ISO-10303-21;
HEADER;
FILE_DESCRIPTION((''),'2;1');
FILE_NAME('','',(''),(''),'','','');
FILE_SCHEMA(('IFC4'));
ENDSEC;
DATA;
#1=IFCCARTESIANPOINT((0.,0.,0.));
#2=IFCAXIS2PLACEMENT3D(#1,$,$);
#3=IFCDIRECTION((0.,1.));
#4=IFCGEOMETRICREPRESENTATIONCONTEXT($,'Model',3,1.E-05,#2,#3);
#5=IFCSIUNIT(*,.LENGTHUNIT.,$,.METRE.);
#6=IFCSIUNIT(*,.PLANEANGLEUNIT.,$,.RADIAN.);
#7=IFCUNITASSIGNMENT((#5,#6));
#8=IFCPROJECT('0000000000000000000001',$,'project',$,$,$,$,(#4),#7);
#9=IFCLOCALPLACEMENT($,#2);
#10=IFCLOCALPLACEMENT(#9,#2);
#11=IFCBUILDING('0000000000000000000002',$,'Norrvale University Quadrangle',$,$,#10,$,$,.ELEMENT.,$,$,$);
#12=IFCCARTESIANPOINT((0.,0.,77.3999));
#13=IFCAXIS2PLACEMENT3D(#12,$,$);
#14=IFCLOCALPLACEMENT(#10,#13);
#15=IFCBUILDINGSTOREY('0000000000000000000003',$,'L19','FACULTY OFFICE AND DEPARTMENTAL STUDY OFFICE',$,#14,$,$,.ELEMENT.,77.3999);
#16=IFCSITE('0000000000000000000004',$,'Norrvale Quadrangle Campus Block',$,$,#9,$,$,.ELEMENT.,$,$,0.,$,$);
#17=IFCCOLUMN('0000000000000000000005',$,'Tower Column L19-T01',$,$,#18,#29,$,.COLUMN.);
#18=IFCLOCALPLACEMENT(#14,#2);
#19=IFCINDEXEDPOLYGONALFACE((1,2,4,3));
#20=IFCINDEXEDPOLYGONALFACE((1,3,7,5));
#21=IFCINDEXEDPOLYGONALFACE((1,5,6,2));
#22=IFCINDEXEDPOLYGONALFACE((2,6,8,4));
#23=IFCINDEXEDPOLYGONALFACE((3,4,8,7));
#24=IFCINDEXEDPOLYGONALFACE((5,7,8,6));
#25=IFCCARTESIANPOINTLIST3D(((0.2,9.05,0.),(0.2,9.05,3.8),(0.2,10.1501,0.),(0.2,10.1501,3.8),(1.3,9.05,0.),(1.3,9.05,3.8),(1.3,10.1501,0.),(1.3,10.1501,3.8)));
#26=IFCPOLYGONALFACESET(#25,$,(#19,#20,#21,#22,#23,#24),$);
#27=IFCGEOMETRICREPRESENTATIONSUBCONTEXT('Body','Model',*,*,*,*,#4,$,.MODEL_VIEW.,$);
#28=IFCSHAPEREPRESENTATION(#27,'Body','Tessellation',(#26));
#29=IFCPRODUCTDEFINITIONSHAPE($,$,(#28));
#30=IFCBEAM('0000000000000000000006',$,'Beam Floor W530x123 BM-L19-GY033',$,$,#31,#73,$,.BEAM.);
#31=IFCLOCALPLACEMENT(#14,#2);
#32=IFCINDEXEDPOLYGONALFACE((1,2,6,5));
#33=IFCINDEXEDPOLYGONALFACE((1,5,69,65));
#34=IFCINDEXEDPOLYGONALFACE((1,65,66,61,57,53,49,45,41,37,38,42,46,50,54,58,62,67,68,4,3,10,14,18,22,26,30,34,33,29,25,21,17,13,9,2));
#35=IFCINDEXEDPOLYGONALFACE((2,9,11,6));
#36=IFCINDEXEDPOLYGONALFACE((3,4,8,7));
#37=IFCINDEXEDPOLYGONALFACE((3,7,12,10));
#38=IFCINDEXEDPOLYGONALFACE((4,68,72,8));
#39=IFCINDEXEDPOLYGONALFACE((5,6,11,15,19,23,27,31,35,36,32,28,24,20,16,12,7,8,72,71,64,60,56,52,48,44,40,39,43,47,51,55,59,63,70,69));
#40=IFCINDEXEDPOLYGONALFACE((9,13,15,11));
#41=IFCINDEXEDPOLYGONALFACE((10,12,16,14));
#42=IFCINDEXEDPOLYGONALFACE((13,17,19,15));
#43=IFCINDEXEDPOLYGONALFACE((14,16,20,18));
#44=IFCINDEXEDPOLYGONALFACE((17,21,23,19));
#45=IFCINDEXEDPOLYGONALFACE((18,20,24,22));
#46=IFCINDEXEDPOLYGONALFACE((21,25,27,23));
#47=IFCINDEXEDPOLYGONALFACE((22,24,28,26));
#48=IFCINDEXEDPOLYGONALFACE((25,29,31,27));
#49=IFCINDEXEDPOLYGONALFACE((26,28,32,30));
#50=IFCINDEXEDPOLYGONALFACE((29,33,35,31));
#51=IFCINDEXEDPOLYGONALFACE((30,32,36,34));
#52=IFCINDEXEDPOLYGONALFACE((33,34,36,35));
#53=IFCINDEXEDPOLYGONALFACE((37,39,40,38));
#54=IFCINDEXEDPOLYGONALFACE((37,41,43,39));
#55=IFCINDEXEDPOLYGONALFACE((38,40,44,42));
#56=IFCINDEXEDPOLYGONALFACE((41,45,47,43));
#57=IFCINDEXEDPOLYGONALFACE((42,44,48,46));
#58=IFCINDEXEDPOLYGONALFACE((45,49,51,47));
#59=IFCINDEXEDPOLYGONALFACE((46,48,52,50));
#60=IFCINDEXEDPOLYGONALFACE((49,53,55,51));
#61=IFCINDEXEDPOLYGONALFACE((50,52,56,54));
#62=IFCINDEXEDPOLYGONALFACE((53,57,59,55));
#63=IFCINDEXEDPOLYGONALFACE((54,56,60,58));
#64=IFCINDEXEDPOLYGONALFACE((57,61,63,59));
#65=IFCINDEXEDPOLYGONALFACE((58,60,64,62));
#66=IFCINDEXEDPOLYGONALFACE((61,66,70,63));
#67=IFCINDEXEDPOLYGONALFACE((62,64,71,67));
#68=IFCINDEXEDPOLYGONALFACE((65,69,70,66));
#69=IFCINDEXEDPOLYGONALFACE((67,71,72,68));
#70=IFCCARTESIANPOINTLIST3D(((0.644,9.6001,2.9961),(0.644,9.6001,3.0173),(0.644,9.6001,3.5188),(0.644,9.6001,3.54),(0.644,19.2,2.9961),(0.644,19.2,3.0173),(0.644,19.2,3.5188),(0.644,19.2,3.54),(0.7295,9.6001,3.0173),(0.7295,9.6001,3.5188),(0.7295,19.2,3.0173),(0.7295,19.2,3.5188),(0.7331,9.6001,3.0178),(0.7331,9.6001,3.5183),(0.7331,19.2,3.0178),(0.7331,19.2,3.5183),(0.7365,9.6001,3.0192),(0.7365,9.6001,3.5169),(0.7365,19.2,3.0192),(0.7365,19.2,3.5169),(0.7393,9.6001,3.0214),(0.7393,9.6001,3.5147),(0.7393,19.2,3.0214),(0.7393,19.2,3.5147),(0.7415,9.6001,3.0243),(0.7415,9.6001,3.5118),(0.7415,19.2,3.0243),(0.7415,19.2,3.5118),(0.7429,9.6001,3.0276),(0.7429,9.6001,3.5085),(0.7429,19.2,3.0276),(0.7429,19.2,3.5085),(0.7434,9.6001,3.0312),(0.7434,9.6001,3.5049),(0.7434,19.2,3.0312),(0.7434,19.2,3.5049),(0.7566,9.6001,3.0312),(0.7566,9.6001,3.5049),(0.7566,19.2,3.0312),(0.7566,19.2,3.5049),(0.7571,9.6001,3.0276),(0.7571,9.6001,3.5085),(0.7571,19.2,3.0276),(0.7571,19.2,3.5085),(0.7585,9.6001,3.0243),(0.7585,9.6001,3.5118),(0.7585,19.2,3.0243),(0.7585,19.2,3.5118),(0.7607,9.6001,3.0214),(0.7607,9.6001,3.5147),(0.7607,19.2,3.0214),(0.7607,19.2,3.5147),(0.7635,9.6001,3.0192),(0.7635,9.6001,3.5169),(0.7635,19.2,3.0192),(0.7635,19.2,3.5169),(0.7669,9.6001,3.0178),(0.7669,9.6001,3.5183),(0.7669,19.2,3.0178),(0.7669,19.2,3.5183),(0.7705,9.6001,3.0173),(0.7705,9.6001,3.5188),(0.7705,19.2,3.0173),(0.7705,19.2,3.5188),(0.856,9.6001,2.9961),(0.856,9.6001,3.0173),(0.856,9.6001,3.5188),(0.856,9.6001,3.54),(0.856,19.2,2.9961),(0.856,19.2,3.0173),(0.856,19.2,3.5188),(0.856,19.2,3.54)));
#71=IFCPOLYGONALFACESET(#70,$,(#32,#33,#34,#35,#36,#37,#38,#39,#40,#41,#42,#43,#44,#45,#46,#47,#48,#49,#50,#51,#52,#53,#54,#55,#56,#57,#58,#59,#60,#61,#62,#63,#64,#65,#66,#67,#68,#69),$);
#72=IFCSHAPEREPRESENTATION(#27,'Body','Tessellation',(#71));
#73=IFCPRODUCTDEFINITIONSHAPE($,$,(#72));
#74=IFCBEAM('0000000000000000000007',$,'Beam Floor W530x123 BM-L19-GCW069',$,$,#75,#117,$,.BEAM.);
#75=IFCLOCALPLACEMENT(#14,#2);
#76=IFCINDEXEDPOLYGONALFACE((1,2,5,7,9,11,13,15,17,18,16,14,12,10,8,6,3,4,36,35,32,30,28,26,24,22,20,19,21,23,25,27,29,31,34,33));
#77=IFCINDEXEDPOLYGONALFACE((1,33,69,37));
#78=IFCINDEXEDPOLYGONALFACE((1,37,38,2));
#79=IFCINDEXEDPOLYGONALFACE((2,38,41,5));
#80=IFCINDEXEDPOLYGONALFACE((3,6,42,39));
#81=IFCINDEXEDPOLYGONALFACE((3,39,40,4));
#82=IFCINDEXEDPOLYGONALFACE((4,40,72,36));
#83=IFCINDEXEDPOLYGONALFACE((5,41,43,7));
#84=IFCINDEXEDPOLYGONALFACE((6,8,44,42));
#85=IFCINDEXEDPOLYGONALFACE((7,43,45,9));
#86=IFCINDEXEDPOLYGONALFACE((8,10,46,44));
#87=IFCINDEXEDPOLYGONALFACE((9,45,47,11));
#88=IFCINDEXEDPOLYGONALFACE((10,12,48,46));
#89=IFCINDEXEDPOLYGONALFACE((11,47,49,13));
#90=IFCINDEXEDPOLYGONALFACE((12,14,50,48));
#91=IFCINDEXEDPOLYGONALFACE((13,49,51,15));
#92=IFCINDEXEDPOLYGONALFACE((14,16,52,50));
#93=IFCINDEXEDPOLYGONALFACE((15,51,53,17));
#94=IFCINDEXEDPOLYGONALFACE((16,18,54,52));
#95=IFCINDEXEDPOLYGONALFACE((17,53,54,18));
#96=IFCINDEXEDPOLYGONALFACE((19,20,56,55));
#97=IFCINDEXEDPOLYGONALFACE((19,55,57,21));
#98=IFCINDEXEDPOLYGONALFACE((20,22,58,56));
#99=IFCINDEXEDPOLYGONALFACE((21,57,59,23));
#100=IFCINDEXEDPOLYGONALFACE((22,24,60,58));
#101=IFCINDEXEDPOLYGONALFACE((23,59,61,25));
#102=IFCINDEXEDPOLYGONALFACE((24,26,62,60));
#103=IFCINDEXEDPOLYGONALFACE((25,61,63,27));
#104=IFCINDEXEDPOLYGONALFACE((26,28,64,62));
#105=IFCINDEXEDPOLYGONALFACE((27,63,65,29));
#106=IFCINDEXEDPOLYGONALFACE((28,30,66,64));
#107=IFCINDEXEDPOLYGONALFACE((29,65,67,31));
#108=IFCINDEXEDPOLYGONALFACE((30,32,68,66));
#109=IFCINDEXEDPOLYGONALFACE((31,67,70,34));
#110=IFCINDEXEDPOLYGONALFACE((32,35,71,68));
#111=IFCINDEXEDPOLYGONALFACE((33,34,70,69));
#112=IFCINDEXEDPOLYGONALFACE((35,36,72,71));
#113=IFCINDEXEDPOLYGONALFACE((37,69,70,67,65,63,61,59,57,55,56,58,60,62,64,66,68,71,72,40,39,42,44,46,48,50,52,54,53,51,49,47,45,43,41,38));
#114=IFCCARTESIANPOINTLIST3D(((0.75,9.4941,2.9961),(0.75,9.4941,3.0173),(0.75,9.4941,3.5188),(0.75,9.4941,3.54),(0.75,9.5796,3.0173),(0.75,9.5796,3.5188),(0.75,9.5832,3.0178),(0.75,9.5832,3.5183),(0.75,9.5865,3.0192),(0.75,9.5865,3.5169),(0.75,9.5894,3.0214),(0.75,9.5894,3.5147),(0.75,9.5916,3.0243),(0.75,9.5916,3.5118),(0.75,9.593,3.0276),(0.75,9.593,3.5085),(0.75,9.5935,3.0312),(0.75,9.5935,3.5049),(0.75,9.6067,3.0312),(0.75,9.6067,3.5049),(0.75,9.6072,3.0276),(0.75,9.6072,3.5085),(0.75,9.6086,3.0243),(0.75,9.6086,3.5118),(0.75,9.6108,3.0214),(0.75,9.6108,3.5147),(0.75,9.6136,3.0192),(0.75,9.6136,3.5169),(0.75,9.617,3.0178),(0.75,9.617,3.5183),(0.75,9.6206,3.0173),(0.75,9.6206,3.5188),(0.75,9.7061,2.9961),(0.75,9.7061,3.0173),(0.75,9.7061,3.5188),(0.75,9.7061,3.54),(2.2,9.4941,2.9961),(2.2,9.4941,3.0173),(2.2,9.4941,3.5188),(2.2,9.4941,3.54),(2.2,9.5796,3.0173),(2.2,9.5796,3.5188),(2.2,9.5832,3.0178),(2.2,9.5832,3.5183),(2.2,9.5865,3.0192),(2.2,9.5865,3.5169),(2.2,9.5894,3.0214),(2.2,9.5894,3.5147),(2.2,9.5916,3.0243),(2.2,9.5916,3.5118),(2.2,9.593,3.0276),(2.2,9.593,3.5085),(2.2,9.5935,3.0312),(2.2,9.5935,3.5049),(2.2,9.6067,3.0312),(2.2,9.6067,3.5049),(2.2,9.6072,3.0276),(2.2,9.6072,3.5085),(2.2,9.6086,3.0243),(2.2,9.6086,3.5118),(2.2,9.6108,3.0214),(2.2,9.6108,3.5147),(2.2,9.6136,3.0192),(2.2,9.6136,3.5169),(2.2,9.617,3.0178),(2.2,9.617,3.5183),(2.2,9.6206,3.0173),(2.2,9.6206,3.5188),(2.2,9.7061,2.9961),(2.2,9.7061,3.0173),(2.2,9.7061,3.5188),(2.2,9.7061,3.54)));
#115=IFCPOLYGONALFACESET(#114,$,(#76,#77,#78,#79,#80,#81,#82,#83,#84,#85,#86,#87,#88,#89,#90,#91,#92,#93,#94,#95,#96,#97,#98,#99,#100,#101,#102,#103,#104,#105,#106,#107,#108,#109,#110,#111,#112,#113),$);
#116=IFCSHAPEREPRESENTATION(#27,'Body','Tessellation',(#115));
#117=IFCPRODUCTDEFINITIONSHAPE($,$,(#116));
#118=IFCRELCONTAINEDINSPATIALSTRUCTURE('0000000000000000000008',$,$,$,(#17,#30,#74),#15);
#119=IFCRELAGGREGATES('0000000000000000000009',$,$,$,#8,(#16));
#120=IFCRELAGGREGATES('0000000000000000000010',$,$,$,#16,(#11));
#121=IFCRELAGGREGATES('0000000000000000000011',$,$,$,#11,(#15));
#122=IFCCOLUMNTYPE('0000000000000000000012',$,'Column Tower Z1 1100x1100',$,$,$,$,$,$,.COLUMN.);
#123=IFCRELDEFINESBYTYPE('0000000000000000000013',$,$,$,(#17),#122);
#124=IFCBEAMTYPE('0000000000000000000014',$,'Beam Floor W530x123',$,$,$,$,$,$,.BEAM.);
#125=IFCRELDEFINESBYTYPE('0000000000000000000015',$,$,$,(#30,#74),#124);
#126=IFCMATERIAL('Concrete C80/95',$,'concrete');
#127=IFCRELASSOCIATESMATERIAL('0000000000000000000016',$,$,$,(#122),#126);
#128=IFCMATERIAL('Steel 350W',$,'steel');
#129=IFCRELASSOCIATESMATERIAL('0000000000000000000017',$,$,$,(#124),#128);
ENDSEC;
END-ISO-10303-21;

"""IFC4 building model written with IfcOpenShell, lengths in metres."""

from ifc_helpers import new_model, si_unit, direction, frame, origin, origin_2d, place, context, subcontext, project, spatial, rectangle, i_section, extrude, material, material_profile, profile_set, type_object, element, save


model = new_model("IFC4")

# Units and contexts
model_context = context("Model", 3, precision=1e-05, world=origin(), true_north=direction((0.0, 1.0)))
body_context = subcontext(model_context, "Body", "Model", "MODEL_VIEW")
ifc_project = project(units=[si_unit("LENGTHUNIT", "METRE"), si_unit("PLANEANGLEUNIT", "RADIAN")], contexts=[model_context])

# Site, building, storey
site_placement = place(None, origin())
site = spatial("IfcSite", under=ifc_project, at=site_placement, Name="Norrvale Quadrangle Campus Block", CompositionType="ELEMENT", RefElevation=0.0)
building_placement = place(site_placement, origin())
building = spatial("IfcBuilding", under=site, at=building_placement, Name="Norrvale University Quadrangle", CompositionType="ELEMENT")
storey_placement = place(building_placement, frame((0.0, 0.0, 77.3999)))
storey = spatial("IfcBuildingStorey", under=building, at=storey_placement, Name="L19", Description="FACULTY OFFICE AND DEPARTMENTAL STUDY OFFICE", CompositionType="ELEMENT", Elevation=77.3999)

# Column
ifc_material_1 = material(Name="Concrete C80/95", Category="concrete")
ifc_material_profile_1 = material_profile(ifc_material_1, rectangle(XDim=1.1001, YDim=1.1001, at=origin_2d()), Name="Concrete C80/95")
ifc_profile_set_1 = profile_set([ifc_material_profile_1], Name="Concrete C80/95")
column_type = type_object("IfcColumnType", Name="Column Tower Z1 1100x1100", PredefinedType="COLUMN", material=ifc_profile_set_1)
column_placement = place(storey_placement, frame((0.75, 9.6001, 0.0), z_axis=(0.0, 0.0, 1.0), x_axis=(1.0, 0.0, 0.0)))
element("IfcColumn", 1, at=column_placement, inside=storey, type_object=column_type, Name="Tower Column L19-T01", PredefinedType="COLUMN", context=body_context, shape_type="SweptSolid", body=[
    extrude(rectangle(XDim=1.1001, YDim=1.1001, at=origin_2d()), origin(), (0.0, 0.0, 1.0), 3.8),
])

# Beams
ifc_material_2 = material(Name="Steel 350W", Category="steel")
ifc_material_profile_2 = material_profile(ifc_material_2, i_section(OverallWidth=0.2119, OverallDepth=0.5439, WebThickness=0.0132, FlangeThickness=0.0212, FilletRadius=0.0139, at=origin_2d()), Name="Steel 350W")
ifc_profile_set_2 = profile_set([ifc_material_profile_2], Name="Steel 350W")
beam_type = type_object("IfcBeamType", Name="Beam Floor W530x123", PredefinedType="BEAM", material=ifc_profile_set_2)
beam_1_placement = place(storey_placement, frame((0.75, 9.6001, 3.2681), z_axis=(0.0, 1.0, 0.0), x_axis=(-1.0, 0.0, 0.0)))
element("IfcBeam", 2, at=beam_1_placement, inside=storey, type_object=beam_type, Name="Beam Floor W530x123 BM-L19-GY033", PredefinedType="BEAM", context=body_context, shape_type="SweptSolid", body=[
    extrude(i_section(OverallWidth=0.2119, OverallDepth=0.5439, WebThickness=0.0132, FlangeThickness=0.0212, FilletRadius=0.0139, at=origin_2d()), origin(), (0.0, 0.0, 1.0), 9.5999),
])
beam_2_placement = place(storey_placement, frame((0.75, 9.6001, 3.2681), z_axis=(1.0, 0.0, 0.0), x_axis=(0.0, 1.0, 0.0)))
element("IfcBeam", 3, at=beam_2_placement, inside=storey, type_object=beam_type, Name="Beam Floor W530x123 BM-L19-GCW069", PredefinedType="BEAM", context=body_context, shape_type="SweptSolid", body=[
    extrude(i_section(OverallWidth=0.2119, OverallDepth=0.5439, WebThickness=0.0132, FlangeThickness=0.0212, FilletRadius=0.0139, at=origin_2d()), origin(), (0.0, 0.0, 1.0), 1.45),
])

save(model, "model.ifc")
